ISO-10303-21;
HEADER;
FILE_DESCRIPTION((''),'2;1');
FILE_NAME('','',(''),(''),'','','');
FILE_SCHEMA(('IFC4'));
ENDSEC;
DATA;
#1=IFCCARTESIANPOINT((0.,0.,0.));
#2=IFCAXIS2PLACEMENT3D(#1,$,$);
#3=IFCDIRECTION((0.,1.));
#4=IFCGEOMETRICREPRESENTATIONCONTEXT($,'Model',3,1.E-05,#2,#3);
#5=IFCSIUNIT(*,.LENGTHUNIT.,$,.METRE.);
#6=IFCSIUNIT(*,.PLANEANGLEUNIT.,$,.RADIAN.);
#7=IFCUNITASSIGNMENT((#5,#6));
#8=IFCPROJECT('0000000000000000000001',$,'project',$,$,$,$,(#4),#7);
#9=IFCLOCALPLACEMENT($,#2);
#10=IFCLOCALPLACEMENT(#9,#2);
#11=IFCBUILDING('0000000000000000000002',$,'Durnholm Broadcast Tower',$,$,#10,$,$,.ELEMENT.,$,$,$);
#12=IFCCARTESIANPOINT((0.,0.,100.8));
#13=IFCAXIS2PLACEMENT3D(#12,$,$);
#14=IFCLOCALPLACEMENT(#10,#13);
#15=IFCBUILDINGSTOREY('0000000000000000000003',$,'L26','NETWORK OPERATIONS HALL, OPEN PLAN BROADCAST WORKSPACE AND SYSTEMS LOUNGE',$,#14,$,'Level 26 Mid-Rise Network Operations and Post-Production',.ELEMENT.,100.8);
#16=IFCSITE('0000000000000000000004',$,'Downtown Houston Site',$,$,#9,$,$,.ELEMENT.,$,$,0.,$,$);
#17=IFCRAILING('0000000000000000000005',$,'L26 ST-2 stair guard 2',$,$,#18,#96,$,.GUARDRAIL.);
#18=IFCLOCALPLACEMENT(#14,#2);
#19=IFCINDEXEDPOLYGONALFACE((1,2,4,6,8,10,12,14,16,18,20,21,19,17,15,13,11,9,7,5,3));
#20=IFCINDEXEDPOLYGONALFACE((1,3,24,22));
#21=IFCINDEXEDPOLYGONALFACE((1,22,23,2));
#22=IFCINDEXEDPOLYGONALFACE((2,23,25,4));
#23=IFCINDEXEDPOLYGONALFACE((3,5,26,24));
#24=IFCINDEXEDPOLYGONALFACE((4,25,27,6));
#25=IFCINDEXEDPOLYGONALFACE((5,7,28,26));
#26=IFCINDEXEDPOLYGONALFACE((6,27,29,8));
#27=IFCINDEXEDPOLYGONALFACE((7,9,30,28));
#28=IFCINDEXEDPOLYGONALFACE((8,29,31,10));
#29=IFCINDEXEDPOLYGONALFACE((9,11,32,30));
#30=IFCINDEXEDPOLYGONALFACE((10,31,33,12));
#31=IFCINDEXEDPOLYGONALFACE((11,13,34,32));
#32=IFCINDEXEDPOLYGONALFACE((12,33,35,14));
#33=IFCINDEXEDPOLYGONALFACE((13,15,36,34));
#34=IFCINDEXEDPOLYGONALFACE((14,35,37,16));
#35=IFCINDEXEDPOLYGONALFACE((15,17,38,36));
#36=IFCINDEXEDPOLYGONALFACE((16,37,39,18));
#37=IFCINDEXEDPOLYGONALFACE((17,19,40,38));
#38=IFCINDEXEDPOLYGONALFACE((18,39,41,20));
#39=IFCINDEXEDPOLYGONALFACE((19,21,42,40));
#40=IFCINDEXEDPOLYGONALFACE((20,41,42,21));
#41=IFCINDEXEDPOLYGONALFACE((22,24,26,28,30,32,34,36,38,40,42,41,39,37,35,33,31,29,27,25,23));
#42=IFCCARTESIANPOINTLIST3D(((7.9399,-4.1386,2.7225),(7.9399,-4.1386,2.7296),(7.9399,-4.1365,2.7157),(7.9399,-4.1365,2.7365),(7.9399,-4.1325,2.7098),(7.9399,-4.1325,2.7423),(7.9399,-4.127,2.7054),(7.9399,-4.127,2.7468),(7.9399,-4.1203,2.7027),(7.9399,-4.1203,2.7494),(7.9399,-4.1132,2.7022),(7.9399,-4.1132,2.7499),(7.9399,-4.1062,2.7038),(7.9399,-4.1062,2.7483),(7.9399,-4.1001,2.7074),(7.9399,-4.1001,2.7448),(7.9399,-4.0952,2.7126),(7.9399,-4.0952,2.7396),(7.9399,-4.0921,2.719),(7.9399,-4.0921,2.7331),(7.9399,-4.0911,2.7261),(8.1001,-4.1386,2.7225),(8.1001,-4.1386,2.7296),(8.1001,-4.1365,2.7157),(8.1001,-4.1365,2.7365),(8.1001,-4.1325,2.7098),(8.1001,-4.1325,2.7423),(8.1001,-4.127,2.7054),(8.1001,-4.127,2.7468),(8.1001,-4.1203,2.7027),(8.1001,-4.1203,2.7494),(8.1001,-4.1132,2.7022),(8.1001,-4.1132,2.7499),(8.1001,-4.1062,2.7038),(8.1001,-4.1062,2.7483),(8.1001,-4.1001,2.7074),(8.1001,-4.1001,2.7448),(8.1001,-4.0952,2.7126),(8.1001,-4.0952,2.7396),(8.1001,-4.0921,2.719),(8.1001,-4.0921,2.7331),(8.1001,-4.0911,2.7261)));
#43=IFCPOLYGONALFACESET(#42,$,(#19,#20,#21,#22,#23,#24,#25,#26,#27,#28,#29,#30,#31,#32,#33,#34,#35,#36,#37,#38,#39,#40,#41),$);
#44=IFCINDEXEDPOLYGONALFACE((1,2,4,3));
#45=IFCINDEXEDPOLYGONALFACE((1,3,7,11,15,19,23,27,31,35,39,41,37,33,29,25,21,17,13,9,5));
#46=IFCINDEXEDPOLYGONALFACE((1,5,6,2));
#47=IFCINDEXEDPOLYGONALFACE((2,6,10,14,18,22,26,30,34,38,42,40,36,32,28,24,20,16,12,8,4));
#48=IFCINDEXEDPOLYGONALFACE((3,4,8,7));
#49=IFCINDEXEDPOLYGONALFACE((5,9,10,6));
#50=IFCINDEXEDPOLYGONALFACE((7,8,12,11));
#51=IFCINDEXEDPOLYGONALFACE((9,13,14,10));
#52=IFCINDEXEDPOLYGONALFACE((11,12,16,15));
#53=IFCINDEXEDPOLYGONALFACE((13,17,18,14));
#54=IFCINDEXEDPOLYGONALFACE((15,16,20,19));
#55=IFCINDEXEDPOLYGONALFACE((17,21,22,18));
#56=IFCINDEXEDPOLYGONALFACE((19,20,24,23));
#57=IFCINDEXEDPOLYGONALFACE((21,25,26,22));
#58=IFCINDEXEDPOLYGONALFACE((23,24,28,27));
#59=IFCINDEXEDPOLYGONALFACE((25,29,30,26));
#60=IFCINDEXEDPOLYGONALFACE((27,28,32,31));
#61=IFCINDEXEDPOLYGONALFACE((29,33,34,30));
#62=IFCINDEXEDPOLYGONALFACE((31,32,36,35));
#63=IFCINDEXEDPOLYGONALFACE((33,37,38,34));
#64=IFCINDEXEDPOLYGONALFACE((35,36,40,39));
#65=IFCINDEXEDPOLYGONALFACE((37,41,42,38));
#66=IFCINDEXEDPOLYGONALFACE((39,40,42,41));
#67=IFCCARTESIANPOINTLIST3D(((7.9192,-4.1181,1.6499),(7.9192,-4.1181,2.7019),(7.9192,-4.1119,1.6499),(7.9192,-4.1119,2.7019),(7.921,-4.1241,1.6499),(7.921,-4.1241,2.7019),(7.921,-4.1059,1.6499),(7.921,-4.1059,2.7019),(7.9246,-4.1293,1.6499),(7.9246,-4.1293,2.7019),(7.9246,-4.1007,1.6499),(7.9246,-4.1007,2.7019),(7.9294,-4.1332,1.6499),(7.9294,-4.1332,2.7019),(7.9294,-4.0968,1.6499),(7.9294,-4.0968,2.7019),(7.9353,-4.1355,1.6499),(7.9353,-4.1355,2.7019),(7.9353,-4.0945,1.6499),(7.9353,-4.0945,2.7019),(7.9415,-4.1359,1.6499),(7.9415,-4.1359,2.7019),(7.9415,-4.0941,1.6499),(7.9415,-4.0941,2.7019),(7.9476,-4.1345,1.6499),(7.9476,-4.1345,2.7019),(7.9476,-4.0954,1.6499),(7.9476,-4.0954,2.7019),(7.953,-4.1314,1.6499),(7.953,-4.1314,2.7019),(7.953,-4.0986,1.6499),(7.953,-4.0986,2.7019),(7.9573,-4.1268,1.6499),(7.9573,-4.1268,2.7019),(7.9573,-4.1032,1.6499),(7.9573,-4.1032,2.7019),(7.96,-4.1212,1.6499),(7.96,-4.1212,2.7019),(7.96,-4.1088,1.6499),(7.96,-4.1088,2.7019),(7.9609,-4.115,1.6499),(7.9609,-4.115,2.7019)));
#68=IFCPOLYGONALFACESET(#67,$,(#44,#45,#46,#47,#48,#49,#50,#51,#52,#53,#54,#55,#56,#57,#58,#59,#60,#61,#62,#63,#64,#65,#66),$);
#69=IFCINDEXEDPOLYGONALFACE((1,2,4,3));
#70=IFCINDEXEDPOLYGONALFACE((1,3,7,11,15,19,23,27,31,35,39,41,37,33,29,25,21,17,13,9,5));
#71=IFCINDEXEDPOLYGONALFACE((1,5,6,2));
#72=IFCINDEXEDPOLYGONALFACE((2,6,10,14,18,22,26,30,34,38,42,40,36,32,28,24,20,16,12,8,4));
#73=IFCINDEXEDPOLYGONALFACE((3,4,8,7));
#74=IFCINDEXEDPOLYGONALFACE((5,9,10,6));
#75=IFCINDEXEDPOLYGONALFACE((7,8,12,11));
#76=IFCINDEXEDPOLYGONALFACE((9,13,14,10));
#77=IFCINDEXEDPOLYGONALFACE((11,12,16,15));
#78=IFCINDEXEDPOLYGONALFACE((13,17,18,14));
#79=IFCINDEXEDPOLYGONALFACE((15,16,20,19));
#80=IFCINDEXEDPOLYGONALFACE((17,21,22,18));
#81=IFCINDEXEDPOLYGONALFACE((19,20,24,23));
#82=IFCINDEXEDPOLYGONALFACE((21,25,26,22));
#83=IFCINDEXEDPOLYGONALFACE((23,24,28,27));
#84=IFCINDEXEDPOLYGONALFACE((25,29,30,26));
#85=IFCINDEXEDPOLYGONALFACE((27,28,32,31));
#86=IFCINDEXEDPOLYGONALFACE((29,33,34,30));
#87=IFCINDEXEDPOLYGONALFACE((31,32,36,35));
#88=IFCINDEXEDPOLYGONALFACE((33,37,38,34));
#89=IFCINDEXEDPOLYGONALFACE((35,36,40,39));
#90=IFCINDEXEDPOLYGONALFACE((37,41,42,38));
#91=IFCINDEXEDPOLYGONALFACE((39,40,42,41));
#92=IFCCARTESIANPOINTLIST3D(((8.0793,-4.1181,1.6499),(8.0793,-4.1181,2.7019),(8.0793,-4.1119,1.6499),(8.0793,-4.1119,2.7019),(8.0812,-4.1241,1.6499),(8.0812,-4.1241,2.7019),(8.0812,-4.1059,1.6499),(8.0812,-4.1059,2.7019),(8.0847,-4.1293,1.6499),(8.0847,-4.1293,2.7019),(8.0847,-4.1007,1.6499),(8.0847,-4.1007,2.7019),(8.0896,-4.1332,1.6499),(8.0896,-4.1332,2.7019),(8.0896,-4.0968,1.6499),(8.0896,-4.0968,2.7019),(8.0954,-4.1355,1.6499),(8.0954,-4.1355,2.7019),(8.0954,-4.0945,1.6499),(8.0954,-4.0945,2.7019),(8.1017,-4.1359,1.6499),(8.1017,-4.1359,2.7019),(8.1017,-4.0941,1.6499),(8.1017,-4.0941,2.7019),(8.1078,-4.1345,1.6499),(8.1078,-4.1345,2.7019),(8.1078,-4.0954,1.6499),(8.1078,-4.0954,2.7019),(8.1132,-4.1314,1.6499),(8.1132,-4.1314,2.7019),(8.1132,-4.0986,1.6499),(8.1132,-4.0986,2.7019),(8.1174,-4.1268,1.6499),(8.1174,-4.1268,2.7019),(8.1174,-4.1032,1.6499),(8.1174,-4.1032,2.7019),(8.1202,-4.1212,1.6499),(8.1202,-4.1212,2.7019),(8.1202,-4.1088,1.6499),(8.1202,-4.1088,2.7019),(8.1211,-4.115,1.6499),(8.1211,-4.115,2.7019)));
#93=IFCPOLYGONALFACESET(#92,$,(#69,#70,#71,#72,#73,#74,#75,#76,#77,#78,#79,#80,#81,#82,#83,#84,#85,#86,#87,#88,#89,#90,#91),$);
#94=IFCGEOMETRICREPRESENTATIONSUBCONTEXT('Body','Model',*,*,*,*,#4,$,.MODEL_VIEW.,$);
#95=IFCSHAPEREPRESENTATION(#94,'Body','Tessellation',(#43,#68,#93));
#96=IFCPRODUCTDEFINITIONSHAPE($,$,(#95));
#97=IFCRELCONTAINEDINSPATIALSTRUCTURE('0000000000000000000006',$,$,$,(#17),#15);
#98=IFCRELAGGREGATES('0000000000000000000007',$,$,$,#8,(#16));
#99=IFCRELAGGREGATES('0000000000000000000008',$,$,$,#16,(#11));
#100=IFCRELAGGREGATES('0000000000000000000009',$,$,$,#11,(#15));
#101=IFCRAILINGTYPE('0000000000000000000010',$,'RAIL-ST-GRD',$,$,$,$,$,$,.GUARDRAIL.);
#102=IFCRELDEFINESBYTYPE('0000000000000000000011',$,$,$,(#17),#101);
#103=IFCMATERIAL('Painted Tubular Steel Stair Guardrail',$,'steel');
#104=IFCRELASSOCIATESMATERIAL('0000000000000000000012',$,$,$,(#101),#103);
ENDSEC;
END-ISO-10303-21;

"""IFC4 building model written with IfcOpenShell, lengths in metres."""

from ifc_helpers import new_model, si_unit, direction, frame, origin, origin_2d, place, context, subcontext, project, spatial, circle, extrude, material, type_object, element, save


model = new_model("IFC4")

# Units and contexts
model_context = context("Model", 3, precision=1e-05, world=origin(), true_north=direction((0.0, 1.0)))
body_context = subcontext(model_context, "Body", "Model", "MODEL_VIEW")
ifc_project = project(units=[si_unit("LENGTHUNIT", "METRE"), si_unit("PLANEANGLEUNIT", "RADIAN")], contexts=[model_context])

# Site, building, storey
site_placement = place(None, origin())
site = spatial("IfcSite", under=ifc_project, at=site_placement, Name="Downtown Houston Site", CompositionType="ELEMENT", RefElevation=0.0)
building_placement = place(site_placement, origin())
building = spatial("IfcBuilding", under=site, at=building_placement, Name="Durnholm Broadcast Tower", CompositionType="ELEMENT")
storey_placement = place(building_placement, frame((0.0, 0.0, 100.8)))
storey = spatial("IfcBuildingStorey", under=building, at=storey_placement, Name="L26", Description="NETWORK OPERATIONS HALL, OPEN PLAN BROADCAST WORKSPACE AND SYSTEMS LOUNGE", LongName="Level 26 Mid-Rise Network Operations and Post-Production", CompositionType="ELEMENT", Elevation=100.8)

# Railing
ifc_material_1 = material(Name="Painted Tubular Steel Stair Guardrail", Category="steel")
railing_type_1 = type_object("IfcRailingType", Name="RAIL-ST-GRD", PredefinedType="GUARDRAIL", material=ifc_material_1)
railing_1_placement = place(storey_placement, frame((7.9399, -4.115, 1.6499)))
element("IfcRailing", 1, at=railing_1_placement, inside=storey, type_object=railing_type_1, Name="L26 ST-2 stair guard 2", PredefinedType="GUARDRAIL", context=body_context, shape_type="SweptSolid", body=[
    extrude(circle(Radius=0.0239, at=origin_2d()), frame((0.0, 0.0, 1.0762), z_axis=(1.0, 0.0, 0.0), x_axis=(0.0, 1.0, 0.0)), (0.0, 0.0, 1.0), 0.1602),
    extrude(circle(Radius=0.021, at=origin_2d()), origin(), (0.0, 0.0, 1.0), 1.052),
    extrude(circle(Radius=0.021, at=origin_2d()), frame((0.1602, 0.0, 0.0)), (0.0, 0.0, 1.0), 1.052),
])

save(model, "model.ifc")
